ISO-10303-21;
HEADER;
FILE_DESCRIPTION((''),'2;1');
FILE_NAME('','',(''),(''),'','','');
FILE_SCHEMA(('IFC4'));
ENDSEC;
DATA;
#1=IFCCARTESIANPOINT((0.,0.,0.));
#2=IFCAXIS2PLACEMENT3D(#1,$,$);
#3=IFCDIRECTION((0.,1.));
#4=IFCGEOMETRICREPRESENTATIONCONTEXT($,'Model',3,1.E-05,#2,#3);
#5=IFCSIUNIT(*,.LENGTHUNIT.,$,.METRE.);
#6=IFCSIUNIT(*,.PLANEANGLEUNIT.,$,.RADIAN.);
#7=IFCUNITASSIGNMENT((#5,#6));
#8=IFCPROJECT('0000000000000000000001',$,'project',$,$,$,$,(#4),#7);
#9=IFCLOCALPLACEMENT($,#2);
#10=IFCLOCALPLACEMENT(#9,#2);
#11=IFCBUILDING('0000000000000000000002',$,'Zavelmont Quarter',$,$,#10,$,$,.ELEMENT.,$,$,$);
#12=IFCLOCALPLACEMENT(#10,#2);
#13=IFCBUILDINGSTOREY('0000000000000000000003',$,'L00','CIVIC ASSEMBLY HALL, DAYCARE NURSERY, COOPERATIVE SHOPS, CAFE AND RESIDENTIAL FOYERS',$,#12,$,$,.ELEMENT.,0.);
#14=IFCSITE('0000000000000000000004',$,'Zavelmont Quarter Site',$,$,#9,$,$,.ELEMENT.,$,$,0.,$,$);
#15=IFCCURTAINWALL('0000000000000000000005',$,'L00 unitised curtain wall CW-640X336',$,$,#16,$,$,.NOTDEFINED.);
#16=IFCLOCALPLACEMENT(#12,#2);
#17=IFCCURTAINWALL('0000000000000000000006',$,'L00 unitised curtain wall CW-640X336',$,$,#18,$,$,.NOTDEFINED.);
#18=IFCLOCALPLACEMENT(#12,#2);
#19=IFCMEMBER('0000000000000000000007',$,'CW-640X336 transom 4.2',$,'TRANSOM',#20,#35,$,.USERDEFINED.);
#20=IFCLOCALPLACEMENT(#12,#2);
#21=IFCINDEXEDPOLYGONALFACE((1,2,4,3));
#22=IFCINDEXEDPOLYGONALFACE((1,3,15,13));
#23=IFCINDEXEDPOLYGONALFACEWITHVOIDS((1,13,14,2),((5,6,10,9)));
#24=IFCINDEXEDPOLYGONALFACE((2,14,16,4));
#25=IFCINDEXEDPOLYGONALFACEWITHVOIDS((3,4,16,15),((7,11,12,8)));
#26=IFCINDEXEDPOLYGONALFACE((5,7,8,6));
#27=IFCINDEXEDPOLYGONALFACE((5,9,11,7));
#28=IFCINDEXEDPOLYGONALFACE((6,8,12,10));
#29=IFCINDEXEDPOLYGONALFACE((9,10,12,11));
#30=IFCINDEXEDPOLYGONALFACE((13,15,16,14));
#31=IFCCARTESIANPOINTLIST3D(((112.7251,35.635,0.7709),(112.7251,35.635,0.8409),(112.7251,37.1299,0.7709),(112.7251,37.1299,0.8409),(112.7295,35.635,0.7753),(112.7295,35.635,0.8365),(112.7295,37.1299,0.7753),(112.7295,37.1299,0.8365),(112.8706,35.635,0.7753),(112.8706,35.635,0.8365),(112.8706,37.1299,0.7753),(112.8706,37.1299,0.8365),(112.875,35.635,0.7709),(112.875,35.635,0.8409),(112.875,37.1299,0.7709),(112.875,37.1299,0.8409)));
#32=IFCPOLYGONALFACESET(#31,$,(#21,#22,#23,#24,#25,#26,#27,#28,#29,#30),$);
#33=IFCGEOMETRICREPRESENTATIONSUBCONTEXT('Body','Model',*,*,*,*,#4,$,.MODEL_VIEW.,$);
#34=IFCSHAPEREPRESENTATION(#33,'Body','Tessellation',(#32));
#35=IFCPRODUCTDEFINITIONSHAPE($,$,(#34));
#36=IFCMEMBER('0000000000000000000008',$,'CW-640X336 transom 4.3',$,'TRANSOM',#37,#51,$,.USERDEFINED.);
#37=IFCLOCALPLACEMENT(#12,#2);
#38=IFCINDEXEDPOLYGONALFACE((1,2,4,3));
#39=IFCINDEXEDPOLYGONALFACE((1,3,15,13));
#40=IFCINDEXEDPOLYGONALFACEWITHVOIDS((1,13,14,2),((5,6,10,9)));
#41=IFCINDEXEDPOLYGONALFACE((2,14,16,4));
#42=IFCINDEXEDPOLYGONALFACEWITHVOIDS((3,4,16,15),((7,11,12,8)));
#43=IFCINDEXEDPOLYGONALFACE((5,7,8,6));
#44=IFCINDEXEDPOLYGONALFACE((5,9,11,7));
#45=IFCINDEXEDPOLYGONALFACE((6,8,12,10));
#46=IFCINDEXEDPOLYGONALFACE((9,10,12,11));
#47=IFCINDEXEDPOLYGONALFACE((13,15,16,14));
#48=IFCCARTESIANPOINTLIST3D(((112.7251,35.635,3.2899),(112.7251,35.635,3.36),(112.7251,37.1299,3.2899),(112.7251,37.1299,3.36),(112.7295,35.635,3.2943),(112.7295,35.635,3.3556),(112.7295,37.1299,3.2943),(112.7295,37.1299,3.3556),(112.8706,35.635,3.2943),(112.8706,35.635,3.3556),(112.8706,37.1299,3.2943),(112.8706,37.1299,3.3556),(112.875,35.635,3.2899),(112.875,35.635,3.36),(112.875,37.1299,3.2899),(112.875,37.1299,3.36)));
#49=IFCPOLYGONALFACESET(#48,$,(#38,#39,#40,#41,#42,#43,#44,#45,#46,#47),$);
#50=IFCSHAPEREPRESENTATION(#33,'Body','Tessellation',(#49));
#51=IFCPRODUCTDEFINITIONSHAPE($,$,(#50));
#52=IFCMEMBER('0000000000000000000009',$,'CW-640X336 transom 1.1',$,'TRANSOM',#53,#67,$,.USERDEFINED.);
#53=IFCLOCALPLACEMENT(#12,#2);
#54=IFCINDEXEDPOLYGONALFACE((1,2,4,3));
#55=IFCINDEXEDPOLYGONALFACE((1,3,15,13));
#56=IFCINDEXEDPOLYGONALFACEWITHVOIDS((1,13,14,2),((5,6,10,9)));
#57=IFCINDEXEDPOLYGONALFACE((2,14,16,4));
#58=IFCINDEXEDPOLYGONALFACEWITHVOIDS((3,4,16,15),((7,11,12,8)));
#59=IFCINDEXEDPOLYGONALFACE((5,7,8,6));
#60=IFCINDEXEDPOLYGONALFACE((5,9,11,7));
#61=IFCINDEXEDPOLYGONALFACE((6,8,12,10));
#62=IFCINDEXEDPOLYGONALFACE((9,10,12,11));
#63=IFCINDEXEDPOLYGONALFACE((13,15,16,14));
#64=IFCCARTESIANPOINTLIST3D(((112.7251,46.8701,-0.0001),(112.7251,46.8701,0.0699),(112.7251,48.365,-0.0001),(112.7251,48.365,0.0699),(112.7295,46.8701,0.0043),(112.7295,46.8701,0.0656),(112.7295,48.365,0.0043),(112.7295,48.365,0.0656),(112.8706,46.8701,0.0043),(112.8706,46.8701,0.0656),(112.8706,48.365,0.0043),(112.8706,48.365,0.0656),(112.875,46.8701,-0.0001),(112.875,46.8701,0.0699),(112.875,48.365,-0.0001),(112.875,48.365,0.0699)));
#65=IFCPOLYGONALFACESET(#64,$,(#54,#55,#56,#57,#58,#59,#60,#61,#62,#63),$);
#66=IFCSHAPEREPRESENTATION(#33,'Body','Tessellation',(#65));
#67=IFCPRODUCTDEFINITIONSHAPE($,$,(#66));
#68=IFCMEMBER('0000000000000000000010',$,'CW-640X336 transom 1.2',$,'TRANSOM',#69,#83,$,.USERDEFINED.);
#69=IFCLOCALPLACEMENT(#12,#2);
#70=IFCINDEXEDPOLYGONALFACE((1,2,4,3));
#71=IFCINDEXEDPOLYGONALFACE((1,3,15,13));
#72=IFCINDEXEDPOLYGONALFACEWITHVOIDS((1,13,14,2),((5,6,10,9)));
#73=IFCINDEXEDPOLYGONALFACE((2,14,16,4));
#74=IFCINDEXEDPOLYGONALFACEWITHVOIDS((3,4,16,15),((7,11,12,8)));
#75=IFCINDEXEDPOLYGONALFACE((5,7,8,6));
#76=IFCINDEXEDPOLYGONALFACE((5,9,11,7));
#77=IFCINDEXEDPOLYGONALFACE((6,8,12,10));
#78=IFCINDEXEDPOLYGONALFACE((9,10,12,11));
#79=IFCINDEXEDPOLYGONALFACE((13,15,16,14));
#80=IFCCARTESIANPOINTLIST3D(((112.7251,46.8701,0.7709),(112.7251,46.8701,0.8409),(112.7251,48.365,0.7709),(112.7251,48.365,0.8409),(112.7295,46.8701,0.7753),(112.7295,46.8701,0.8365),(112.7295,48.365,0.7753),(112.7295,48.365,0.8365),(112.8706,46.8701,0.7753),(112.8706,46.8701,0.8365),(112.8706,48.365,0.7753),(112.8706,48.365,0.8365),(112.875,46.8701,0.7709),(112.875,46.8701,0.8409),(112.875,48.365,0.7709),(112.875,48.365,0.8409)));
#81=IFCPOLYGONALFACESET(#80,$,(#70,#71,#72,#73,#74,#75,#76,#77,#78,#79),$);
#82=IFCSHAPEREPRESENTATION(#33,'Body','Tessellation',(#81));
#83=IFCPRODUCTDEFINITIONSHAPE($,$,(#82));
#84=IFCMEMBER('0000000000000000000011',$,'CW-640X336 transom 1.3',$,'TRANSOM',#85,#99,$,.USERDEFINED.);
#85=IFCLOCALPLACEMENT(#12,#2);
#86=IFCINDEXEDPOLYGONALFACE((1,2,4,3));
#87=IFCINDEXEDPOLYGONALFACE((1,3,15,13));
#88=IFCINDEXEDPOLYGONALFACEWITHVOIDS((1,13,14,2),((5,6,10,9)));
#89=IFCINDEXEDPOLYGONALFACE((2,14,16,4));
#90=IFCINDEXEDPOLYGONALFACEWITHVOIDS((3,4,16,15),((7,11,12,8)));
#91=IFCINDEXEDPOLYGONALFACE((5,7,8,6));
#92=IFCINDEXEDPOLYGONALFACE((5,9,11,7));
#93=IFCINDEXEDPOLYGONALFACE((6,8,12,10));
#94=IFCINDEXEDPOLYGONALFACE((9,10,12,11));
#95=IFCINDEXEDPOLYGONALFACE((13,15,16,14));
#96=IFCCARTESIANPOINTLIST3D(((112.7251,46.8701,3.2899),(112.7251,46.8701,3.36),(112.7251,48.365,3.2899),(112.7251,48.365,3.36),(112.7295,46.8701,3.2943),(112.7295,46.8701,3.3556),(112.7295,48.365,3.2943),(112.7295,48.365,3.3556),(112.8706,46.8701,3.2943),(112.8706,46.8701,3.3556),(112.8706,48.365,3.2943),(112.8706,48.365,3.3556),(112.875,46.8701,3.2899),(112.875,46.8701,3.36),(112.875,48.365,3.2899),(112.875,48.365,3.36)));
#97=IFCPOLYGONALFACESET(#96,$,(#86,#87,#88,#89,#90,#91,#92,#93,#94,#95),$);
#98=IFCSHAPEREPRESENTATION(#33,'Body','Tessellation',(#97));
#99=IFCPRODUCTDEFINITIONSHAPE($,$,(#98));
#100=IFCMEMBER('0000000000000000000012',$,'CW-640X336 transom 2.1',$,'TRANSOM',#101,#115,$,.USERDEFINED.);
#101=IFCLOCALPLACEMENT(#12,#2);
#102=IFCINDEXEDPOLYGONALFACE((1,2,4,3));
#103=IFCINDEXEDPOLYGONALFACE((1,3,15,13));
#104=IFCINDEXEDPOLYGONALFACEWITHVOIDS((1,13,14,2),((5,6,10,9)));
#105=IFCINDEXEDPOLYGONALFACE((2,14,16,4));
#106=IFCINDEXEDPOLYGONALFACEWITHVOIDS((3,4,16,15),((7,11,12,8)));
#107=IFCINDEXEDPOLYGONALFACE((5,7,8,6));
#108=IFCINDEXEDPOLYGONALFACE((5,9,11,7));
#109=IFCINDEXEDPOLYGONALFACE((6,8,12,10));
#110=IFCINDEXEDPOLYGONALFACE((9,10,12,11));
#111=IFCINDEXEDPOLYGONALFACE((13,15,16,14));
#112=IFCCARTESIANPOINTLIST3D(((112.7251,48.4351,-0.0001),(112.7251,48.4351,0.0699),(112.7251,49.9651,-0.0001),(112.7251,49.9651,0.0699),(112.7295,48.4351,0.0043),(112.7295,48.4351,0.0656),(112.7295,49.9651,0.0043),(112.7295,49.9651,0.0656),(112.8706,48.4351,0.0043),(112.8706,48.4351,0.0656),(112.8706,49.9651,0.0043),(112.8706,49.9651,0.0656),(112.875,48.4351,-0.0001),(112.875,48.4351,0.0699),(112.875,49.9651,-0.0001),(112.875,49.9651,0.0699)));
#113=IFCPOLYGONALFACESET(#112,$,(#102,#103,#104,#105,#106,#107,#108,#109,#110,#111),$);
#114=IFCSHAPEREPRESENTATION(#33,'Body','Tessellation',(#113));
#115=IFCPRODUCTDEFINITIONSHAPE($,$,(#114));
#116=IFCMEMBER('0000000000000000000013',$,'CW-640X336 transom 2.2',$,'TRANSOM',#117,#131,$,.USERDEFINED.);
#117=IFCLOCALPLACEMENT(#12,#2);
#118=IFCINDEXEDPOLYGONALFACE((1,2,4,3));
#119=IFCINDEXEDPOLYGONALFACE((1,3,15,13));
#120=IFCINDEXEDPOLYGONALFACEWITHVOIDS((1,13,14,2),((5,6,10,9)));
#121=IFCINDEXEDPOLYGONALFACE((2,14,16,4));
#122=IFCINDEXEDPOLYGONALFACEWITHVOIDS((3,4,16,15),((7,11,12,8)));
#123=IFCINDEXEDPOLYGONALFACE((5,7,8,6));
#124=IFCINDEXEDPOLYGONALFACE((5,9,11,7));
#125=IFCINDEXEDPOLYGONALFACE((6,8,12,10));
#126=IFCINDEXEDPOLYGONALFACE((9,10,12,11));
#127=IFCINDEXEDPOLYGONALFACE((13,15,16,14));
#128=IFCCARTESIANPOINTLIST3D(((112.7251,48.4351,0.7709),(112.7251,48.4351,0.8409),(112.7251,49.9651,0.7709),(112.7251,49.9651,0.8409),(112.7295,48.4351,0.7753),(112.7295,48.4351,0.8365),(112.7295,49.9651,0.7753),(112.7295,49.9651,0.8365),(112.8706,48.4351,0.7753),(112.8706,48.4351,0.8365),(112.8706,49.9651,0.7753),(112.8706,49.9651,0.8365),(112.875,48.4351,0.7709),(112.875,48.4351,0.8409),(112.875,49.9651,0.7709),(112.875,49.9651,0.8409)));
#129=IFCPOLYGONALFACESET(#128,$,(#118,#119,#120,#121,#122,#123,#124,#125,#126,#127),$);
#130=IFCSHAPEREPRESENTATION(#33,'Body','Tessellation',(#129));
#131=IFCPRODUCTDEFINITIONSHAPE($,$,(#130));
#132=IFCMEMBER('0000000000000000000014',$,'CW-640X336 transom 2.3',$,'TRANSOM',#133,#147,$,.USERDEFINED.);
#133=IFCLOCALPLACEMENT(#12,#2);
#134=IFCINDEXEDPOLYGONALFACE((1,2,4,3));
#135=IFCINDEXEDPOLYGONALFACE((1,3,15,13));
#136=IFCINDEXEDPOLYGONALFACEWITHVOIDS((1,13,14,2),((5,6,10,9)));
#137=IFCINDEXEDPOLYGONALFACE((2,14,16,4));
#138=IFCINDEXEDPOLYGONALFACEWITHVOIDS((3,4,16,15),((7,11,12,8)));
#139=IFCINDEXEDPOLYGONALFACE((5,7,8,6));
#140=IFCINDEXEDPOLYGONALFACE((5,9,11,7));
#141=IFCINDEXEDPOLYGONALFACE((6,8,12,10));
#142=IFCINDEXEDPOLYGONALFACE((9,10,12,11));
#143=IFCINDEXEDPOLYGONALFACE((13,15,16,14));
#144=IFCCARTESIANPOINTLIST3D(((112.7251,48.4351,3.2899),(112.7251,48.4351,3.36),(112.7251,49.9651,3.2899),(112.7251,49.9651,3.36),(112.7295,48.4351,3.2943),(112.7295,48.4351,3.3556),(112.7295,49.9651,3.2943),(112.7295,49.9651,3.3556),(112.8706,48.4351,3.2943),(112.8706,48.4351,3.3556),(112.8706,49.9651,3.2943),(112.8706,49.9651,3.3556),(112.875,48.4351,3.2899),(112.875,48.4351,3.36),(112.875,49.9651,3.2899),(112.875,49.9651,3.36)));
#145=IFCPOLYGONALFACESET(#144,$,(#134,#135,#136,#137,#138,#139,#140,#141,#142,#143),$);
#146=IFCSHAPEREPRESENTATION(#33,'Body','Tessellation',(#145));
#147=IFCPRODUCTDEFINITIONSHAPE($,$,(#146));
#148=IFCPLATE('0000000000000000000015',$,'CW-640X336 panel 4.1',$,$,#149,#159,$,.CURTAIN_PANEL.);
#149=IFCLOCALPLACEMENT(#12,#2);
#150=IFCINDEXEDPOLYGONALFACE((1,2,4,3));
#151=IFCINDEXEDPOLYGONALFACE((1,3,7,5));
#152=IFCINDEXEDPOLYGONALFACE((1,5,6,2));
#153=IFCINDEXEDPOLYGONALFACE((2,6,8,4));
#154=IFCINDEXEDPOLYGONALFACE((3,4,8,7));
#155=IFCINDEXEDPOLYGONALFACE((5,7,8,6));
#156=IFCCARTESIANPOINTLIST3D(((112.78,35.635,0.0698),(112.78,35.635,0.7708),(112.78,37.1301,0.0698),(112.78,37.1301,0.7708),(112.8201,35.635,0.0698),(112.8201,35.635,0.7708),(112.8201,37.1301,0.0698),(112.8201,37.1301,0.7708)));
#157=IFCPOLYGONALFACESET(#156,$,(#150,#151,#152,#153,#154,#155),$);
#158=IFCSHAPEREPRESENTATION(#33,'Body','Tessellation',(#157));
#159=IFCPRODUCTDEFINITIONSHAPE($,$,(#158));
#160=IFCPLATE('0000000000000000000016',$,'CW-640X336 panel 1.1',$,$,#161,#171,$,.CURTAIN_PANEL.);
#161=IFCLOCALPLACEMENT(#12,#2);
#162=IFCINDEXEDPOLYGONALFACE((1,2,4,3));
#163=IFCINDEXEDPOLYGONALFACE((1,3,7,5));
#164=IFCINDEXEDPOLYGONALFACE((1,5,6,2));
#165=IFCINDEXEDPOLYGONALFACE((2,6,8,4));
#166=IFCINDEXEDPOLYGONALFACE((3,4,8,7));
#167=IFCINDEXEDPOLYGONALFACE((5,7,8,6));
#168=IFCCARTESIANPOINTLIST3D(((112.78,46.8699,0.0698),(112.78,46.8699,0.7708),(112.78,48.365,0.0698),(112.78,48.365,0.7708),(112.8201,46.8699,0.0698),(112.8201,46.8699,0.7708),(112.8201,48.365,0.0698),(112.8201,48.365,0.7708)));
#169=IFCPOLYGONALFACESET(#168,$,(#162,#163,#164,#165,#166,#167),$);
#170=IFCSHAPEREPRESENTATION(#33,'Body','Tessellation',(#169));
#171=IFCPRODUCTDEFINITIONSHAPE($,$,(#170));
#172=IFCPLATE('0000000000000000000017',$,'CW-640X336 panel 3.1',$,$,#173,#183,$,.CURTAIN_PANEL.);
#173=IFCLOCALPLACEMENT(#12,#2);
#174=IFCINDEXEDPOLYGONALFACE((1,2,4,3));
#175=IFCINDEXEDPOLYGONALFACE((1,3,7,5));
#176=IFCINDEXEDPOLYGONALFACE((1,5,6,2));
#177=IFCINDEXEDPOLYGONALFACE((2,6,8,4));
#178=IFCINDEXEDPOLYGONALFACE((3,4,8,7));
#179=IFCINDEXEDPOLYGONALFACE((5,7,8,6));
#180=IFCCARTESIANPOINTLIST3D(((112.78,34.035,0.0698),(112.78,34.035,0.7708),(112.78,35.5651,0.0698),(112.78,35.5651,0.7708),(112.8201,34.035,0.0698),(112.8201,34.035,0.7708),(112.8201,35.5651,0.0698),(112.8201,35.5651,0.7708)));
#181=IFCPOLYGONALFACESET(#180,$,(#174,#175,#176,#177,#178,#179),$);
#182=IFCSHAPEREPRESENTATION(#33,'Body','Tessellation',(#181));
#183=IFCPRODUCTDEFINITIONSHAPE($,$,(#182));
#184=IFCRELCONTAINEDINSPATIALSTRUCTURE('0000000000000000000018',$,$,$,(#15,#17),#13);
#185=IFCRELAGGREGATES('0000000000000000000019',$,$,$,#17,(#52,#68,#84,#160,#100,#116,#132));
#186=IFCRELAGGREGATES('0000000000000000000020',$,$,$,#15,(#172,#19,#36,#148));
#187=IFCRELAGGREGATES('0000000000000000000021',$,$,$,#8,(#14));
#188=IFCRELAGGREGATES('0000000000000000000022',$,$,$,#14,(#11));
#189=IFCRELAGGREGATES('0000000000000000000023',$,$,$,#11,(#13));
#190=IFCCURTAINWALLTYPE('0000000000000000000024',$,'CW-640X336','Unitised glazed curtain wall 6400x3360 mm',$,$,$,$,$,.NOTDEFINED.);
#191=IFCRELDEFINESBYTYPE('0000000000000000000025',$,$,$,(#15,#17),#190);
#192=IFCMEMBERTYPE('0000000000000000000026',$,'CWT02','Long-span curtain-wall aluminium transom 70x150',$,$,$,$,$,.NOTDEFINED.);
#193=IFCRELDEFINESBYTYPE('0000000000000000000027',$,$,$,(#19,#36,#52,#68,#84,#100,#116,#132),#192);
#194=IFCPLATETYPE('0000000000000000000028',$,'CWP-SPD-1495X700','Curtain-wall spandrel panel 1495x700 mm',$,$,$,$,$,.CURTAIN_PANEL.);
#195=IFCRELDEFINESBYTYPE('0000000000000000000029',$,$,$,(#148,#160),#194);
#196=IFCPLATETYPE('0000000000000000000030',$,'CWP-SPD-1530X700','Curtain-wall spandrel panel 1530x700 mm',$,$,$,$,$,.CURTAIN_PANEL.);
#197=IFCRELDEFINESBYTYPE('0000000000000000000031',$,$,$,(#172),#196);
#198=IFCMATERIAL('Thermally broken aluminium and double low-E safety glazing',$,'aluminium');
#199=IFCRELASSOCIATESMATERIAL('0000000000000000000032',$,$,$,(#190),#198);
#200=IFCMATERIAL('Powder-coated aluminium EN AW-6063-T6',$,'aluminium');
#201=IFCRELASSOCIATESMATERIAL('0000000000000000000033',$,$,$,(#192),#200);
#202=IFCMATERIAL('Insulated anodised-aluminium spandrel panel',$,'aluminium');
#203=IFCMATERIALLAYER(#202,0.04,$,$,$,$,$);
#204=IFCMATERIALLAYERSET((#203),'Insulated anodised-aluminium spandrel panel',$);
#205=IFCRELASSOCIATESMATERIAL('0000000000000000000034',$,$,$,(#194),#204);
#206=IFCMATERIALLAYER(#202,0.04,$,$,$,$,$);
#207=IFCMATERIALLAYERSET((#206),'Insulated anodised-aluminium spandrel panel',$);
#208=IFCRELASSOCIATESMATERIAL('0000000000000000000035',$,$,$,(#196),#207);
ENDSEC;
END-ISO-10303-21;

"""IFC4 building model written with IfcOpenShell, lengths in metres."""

from ifc_helpers import new_model, si_unit, direction, frame, origin, origin_2d, place, context, subcontext, project, spatial, rectangle, hollow_rectangle, extrude, material, layer, layer_set, material_profile, profile_set, type_object, element, aggregate, save


model = new_model("IFC4")

# Units and contexts
model_context = context("Model", 3, precision=1e-05, world=origin(), true_north=direction((0.0, 1.0)))
body_context = subcontext(model_context, "Body", "Model", "MODEL_VIEW")
ifc_project = project(units=[si_unit("LENGTHUNIT", "METRE"), si_unit("PLANEANGLEUNIT", "RADIAN")], contexts=[model_context])

# Site, building, storey
site_placement = place(None, origin())
site = spatial("IfcSite", under=ifc_project, at=site_placement, Name="Zavelmont Quarter Site", CompositionType="ELEMENT", RefElevation=0.0)
building_placement = place(site_placement, origin())
building = spatial("IfcBuilding", under=site, at=building_placement, Name="Zavelmont Quarter", CompositionType="ELEMENT")
storey_placement = place(building_placement, origin())
storey = spatial("IfcBuildingStorey", under=building, at=storey_placement, Name="L00", Description="CIVIC ASSEMBLY HALL, DAYCARE NURSERY, COOPERATIVE SHOPS, CAFE AND RESIDENTIAL FOYERS", CompositionType="ELEMENT", Elevation=0.0)

# Curtain walls
ifc_material_1 = material(Name="Thermally broken aluminium and double low-E safety glazing", Category="aluminium")
curtain_wall_type = type_object("IfcCurtainWallType", Name="CW-640X336", Description="Unitised glazed curtain wall 6400x3360 mm", PredefinedType="NOTDEFINED", material=ifc_material_1)
curtain_wall_1_placement = place(storey_placement, origin())
curtain_wall_1 = element("IfcCurtainWall", 1, at=curtain_wall_1_placement, inside=storey, type_object=curtain_wall_type, Name="L00 unitised curtain wall CW-640X336", PredefinedType="NOTDEFINED")
ifc_material_2 = material(Name="Powder-coated aluminium EN AW-6063-T6", Category="aluminium")
curtain_wall_2_placement = place(storey_placement, origin())
curtain_wall_2 = element("IfcCurtainWall", 2, at=curtain_wall_2_placement, inside=storey, type_object=curtain_wall_type, Name="L00 unitised curtain wall CW-640X336", PredefinedType="NOTDEFINED")

# Members
ifc_material_profile_1 = material_profile(ifc_material_2, hollow_rectangle(XDim=0.1499, YDim=0.0701, WallThickness=0.0044, at=origin_2d()), Name="CWT70X150")
ifc_profile_set_1 = profile_set([ifc_material_profile_1], Name="Powder-coated aluminium EN AW-6063-T6")
member_type_1 = type_object("IfcMemberType", Name="CWT02", Description="Long-span curtain-wall aluminium transom 70x150", PredefinedType="NOTDEFINED", material=ifc_profile_set_1)
member_1_placement = place(storey_placement, frame((112.8, 35.635, 0.8059), z_axis=(0.0, 1.0, 0.0), x_axis=(-1.0, 0.0, 0.0)))
member_1 = element("IfcMember", 3, at=member_1_placement, type_object=member_type_1, Name="CW-640X336 transom 4.2", ObjectType="TRANSOM", PredefinedType="USERDEFINED", context=body_context, shape_type="SweptSolid", body=[
    extrude(hollow_rectangle(XDim=0.1499, YDim=0.0701, WallThickness=0.0044, at=origin_2d()), origin(), (0.0, 0.0, 1.0), 1.4949),
])
member_2_placement = place(storey_placement, frame((112.8, 35.635, 3.325), z_axis=(0.0, 1.0, 0.0), x_axis=(-1.0, 0.0, 0.0)))
member_2 = element("IfcMember", 4, at=member_2_placement, type_object=member_type_1, Name="CW-640X336 transom 4.3", ObjectType="TRANSOM", PredefinedType="USERDEFINED", context=body_context, shape_type="SweptSolid", body=[
    extrude(hollow_rectangle(XDim=0.1499, YDim=0.0701, WallThickness=0.0044, at=origin_2d()), origin(), (0.0, 0.0, 1.0), 1.4949),
])
member_3_placement = place(storey_placement, frame((112.8, 46.8701, 0.0349), z_axis=(0.0, 1.0, 0.0), x_axis=(-1.0, 0.0, 0.0)))
member_3 = element("IfcMember", 5, at=member_3_placement, type_object=member_type_1, Name="CW-640X336 transom 1.1", ObjectType="TRANSOM", PredefinedType="USERDEFINED", context=body_context, shape_type="SweptSolid", body=[
    extrude(hollow_rectangle(XDim=0.1499, YDim=0.0701, WallThickness=0.0044, at=origin_2d()), origin(), (0.0, 0.0, 1.0), 1.4949),
])
member_4_placement = place(storey_placement, frame((112.8, 46.8701, 0.8059), z_axis=(0.0, 1.0, 0.0), x_axis=(-1.0, 0.0, 0.0)))
member_4 = element("IfcMember", 6, at=member_4_placement, type_object=member_type_1, Name="CW-640X336 transom 1.2", ObjectType="TRANSOM", PredefinedType="USERDEFINED", context=body_context, shape_type="SweptSolid", body=[
    extrude(hollow_rectangle(XDim=0.1499, YDim=0.0701, WallThickness=0.0044, at=origin_2d()), origin(), (0.0, 0.0, 1.0), 1.4949),
])
member_5_placement = place(storey_placement, frame((112.8, 46.8701, 3.325), z_axis=(0.0, 1.0, 0.0), x_axis=(-1.0, 0.0, 0.0)))
member_5 = element("IfcMember", 7, at=member_5_placement, type_object=member_type_1, Name="CW-640X336 transom 1.3", ObjectType="TRANSOM", PredefinedType="USERDEFINED", context=body_context, shape_type="SweptSolid", body=[
    extrude(hollow_rectangle(XDim=0.1499, YDim=0.0701, WallThickness=0.0044, at=origin_2d()), origin(), (0.0, 0.0, 1.0), 1.4949),
])
member_6_placement = place(storey_placement, frame((112.8, 48.4351, 0.0349), z_axis=(0.0, 1.0, 0.0), x_axis=(-1.0, 0.0, 0.0)))
member_6 = element("IfcMember", 8, at=member_6_placement, type_object=member_type_1, Name="CW-640X336 transom 2.1", ObjectType="TRANSOM", PredefinedType="USERDEFINED", context=body_context, shape_type="SweptSolid", body=[
    extrude(hollow_rectangle(XDim=0.1499, YDim=0.0701, WallThickness=0.0044, at=origin_2d()), origin(), (0.0, 0.0, 1.0), 1.53),
])
member_7_placement = place(storey_placement, frame((112.8, 48.4351, 0.8059), z_axis=(0.0, 1.0, 0.0), x_axis=(-1.0, 0.0, 0.0)))
member_7 = element("IfcMember", 9, at=member_7_placement, type_object=member_type_1, Name="CW-640X336 transom 2.2", ObjectType="TRANSOM", PredefinedType="USERDEFINED", context=body_context, shape_type="SweptSolid", body=[
    extrude(hollow_rectangle(XDim=0.1499, YDim=0.0701, WallThickness=0.0044, at=origin_2d()), origin(), (0.0, 0.0, 1.0), 1.53),
])
member_8_placement = place(storey_placement, frame((112.8, 48.4351, 3.325), z_axis=(0.0, 1.0, 0.0), x_axis=(-1.0, 0.0, 0.0)))
member_8 = element("IfcMember", 10, at=member_8_placement, type_object=member_type_1, Name="CW-640X336 transom 2.3", ObjectType="TRANSOM", PredefinedType="USERDEFINED", context=body_context, shape_type="SweptSolid", body=[
    extrude(hollow_rectangle(XDim=0.1499, YDim=0.0701, WallThickness=0.0044, at=origin_2d()), origin(), (0.0, 0.0, 1.0), 1.53),
])

# Plates
ifc_material_3 = material(Name="Insulated anodised-aluminium spandrel panel", Category="aluminium")
ifc_layer_1 = layer(ifc_material_3, 0.04)
ifc_layer_set_1 = layer_set([ifc_layer_1], Name="Insulated anodised-aluminium spandrel panel")
plate_type_1 = type_object("IfcPlateType", Name="CWP-SPD-1495X700", Description="Curtain-wall spandrel panel 1495x700 mm", PredefinedType="CURTAIN_PANEL", material=ifc_layer_set_1)
plate_1_placement = place(storey_placement, frame((112.8, 36.3826, 0.0698), z_axis=(0.0, 0.0, 1.0), x_axis=(0.0, 1.0, 0.0)))
plate_1 = element("IfcPlate", 11, at=plate_1_placement, type_object=plate_type_1, Name="CW-640X336 panel 4.1", PredefinedType="CURTAIN_PANEL", context=body_context, shape_type="SweptSolid", body=[
    extrude(rectangle(XDim=1.4951, YDim=0.04, at=origin_2d()), origin(), (0.0, 0.0, 1.0), 0.7009),
])
plate_2_placement = place(storey_placement, frame((112.8, 47.6174, 0.0698), z_axis=(0.0, 0.0, 1.0), x_axis=(0.0, 1.0, 0.0)))
plate_2 = element("IfcPlate", 12, at=plate_2_placement, type_object=plate_type_1, Name="CW-640X336 panel 1.1", PredefinedType="CURTAIN_PANEL", context=body_context, shape_type="SweptSolid", body=[
    extrude(rectangle(XDim=1.4951, YDim=0.04, at=origin_2d()), origin(), (0.0, 0.0, 1.0), 0.7009),
])
ifc_layer_2 = layer(ifc_material_3, 0.04)
ifc_layer_set_2 = layer_set([ifc_layer_2], Name="Insulated anodised-aluminium spandrel panel")
plate_type_2 = type_object("IfcPlateType", Name="CWP-SPD-1530X700", Description="Curtain-wall spandrel panel 1530x700 mm", PredefinedType="CURTAIN_PANEL", material=ifc_layer_set_2)
plate_3_placement = place(storey_placement, frame((112.8, 34.8, 0.0698), z_axis=(0.0, 0.0, 1.0), x_axis=(0.0, 1.0, 0.0)))
plate_3 = element("IfcPlate", 13, at=plate_3_placement, type_object=plate_type_2, Name="CW-640X336 panel 3.1", PredefinedType="CURTAIN_PANEL", context=body_context, shape_type="SweptSolid", body=[
    extrude(rectangle(XDim=1.53, YDim=0.04, at=origin_2d()), origin(), (0.0, 0.0, 1.0), 0.7009),
])
aggregate(curtain_wall_2, [member_3, member_4, member_5, plate_2, member_6, member_7, member_8])
aggregate(curtain_wall_1, [plate_3, member_1, member_2, plate_1])

save(model, "model.ifc")
